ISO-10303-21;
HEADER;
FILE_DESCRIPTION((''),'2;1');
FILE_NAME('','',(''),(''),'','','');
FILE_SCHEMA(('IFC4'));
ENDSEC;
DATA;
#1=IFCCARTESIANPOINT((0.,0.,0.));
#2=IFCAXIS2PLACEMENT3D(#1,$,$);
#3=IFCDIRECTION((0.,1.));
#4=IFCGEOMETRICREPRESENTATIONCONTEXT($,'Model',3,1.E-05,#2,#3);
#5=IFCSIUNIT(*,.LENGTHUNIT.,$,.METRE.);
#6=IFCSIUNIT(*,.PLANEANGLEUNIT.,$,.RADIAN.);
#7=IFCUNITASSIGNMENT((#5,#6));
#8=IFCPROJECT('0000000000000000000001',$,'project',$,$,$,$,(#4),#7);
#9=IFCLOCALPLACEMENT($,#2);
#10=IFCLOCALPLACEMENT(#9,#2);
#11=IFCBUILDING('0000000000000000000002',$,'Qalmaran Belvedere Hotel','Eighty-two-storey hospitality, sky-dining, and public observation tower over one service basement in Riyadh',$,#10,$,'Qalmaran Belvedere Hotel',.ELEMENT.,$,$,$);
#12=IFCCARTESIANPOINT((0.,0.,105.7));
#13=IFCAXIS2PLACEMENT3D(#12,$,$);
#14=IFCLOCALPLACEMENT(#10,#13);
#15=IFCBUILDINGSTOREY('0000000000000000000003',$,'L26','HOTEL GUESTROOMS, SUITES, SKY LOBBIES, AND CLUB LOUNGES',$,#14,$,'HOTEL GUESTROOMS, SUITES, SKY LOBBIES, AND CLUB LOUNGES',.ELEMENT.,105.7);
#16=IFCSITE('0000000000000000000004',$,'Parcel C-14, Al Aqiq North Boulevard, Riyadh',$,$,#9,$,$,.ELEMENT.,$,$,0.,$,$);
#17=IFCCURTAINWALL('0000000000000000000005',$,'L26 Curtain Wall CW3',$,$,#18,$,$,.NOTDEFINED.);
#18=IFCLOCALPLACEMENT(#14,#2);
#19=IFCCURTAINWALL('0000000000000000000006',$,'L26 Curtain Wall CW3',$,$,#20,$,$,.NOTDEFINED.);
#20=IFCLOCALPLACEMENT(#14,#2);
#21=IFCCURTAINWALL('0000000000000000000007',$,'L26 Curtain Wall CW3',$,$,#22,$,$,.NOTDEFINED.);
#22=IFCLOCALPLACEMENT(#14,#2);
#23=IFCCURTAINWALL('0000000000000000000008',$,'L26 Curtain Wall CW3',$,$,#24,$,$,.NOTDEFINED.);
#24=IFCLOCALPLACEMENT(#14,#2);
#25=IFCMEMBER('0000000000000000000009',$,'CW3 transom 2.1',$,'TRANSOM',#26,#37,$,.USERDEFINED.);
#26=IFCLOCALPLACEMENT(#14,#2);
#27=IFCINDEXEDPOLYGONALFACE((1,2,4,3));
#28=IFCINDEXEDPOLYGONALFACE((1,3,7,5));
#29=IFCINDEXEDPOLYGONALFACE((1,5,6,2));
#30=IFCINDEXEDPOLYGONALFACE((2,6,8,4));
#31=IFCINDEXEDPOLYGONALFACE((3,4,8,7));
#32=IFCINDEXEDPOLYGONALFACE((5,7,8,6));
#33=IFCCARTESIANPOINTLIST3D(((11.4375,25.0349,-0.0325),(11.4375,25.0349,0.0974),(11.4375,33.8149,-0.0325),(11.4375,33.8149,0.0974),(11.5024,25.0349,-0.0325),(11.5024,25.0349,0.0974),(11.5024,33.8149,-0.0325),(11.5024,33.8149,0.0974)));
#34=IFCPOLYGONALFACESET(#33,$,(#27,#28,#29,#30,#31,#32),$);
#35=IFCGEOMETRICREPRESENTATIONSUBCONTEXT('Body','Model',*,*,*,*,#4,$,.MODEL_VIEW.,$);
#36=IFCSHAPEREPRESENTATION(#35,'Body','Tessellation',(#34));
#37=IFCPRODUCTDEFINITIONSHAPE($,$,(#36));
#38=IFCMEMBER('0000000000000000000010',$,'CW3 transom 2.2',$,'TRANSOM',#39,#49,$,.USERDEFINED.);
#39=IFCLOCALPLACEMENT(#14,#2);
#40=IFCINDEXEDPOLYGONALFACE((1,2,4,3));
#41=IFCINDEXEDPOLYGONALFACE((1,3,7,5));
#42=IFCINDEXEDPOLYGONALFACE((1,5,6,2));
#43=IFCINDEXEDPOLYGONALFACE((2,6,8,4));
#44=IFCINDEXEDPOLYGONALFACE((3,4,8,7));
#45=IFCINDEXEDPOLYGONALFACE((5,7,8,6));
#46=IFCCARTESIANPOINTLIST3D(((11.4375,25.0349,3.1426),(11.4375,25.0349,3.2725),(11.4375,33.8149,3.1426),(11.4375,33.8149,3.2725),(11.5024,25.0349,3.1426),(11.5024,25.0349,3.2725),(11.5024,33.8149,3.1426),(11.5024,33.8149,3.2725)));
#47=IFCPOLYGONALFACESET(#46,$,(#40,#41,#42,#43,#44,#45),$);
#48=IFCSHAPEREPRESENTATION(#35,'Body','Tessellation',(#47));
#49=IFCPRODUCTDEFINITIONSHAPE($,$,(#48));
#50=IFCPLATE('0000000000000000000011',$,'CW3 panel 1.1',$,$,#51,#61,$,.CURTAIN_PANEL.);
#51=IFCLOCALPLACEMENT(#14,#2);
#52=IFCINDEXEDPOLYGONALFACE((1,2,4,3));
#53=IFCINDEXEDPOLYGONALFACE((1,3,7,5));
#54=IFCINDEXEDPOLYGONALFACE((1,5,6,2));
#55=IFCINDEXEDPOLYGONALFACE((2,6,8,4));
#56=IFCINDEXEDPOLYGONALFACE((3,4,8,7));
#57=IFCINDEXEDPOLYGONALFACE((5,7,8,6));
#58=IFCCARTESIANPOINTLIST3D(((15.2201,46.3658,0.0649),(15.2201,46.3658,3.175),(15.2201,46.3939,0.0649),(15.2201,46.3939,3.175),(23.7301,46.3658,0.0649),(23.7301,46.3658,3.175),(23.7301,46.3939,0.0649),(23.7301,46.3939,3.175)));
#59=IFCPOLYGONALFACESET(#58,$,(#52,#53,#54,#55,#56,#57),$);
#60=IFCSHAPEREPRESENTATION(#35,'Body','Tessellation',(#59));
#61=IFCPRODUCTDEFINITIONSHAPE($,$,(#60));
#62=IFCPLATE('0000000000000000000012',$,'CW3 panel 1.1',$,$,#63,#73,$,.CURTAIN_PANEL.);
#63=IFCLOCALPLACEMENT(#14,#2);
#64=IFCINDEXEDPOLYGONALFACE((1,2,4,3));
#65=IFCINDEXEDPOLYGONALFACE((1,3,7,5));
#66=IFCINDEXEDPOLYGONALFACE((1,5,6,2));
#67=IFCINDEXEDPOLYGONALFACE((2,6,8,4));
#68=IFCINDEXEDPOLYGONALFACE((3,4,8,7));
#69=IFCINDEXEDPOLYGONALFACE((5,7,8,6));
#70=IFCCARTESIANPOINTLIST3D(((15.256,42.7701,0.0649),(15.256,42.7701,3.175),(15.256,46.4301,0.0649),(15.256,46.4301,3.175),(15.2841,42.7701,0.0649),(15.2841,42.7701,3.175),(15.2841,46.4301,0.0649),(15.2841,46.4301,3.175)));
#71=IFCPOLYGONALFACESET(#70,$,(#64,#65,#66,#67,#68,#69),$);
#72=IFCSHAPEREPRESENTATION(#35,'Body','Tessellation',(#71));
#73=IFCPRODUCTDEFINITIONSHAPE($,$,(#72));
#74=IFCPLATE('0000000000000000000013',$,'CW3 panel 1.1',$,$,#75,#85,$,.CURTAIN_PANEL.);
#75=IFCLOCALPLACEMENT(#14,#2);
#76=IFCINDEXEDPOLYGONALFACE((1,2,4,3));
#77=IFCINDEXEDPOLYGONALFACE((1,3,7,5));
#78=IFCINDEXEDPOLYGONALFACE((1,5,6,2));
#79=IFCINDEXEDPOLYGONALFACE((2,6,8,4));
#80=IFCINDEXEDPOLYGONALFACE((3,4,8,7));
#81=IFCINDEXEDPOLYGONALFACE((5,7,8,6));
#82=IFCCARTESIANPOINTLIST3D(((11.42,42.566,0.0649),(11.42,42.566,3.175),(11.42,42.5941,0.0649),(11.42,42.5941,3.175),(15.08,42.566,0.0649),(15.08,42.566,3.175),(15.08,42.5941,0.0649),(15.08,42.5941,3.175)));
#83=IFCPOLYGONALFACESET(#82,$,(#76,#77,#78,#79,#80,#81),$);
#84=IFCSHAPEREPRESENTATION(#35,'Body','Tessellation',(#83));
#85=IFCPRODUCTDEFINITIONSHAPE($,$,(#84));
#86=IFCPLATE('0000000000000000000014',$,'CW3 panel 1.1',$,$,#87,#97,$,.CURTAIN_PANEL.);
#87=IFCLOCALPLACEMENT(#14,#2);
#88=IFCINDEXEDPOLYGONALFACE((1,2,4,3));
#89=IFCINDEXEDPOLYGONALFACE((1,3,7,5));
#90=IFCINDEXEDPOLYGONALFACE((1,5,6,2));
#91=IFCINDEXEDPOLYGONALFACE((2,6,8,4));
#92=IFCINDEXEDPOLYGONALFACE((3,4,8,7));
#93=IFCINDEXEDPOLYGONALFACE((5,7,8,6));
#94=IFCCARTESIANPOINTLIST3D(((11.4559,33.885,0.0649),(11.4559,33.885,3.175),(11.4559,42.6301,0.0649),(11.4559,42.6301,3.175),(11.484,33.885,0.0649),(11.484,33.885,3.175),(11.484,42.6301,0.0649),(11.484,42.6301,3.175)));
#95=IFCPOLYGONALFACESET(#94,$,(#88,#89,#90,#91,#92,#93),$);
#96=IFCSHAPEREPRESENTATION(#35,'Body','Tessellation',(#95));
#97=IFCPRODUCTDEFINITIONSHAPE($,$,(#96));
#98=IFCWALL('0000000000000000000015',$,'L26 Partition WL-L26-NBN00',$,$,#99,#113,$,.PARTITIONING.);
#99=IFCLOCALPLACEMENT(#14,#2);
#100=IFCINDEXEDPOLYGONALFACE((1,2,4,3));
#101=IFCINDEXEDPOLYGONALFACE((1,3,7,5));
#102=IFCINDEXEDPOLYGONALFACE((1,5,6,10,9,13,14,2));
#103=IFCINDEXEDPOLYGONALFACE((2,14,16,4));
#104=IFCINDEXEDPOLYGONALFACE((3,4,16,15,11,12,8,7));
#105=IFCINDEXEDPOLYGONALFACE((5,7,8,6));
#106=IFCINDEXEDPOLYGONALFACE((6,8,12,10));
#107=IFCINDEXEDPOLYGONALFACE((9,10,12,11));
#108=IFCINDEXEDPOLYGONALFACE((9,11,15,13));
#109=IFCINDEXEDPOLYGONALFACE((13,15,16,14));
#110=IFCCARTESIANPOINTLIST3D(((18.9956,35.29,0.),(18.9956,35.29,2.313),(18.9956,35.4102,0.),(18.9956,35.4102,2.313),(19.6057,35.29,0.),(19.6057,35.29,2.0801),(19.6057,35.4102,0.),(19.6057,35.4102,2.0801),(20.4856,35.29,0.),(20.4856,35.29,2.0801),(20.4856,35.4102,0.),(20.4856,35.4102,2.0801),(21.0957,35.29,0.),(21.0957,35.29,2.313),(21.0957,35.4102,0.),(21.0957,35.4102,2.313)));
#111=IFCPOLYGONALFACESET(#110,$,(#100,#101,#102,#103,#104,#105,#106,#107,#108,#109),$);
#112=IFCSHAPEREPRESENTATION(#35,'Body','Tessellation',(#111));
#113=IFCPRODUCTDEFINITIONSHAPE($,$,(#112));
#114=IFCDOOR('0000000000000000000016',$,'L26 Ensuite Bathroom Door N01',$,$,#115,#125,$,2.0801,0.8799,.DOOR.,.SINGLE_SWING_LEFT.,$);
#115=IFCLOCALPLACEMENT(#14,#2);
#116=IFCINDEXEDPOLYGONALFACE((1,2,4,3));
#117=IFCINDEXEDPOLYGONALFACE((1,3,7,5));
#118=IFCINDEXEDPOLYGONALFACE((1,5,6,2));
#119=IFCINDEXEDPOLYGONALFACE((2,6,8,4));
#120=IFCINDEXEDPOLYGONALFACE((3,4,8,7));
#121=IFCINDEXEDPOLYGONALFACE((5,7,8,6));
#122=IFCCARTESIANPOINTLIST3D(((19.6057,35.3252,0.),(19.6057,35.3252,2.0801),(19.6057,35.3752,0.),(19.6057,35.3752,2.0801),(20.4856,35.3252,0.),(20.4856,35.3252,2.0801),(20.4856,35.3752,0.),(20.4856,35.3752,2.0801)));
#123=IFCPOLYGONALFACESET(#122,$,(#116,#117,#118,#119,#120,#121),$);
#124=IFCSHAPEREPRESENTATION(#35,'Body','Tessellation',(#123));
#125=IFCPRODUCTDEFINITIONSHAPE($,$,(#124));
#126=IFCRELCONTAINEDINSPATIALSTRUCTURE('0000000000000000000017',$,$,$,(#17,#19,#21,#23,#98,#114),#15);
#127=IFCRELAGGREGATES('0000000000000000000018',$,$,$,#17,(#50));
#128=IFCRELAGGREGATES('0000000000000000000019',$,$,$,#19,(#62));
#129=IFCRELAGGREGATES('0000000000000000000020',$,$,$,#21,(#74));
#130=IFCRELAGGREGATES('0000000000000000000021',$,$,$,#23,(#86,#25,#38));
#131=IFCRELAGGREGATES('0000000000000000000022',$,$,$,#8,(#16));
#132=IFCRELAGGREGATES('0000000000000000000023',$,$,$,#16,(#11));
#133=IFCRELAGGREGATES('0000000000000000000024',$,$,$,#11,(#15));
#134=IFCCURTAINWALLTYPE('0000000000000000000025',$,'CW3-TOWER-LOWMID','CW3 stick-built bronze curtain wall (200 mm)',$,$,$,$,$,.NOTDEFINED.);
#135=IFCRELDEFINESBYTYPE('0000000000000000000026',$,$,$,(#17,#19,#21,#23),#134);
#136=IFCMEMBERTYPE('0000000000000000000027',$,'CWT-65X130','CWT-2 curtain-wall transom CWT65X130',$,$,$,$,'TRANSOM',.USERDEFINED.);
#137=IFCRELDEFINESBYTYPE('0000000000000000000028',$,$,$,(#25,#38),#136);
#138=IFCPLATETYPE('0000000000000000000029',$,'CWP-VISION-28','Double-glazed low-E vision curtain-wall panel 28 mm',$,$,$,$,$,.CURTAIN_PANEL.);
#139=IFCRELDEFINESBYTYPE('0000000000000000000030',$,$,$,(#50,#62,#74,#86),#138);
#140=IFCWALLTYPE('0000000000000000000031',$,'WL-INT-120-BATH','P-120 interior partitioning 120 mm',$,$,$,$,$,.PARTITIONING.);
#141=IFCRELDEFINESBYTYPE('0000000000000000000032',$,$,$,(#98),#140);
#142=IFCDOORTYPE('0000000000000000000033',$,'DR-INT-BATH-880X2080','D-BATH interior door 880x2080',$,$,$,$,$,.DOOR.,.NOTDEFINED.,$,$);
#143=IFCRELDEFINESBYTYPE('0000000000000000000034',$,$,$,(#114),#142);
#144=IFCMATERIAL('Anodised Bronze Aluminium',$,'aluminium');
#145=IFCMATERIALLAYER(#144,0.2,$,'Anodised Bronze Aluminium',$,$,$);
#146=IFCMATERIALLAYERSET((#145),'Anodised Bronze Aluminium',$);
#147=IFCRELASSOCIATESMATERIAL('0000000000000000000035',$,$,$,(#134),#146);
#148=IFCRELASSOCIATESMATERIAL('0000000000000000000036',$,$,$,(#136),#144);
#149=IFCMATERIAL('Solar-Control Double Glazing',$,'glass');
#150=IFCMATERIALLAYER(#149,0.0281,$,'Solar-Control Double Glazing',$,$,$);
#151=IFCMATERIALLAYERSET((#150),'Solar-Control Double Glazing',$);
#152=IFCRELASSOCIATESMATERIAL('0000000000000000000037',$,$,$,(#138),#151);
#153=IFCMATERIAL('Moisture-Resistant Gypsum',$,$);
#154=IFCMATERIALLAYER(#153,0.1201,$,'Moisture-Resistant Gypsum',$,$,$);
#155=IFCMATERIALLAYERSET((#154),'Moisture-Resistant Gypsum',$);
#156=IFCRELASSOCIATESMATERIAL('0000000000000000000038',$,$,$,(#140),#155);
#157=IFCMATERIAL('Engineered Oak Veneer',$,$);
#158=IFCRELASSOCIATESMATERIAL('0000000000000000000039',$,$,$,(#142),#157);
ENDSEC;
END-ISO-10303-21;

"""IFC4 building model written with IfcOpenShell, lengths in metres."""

from ifc_helpers import new_model, si_unit, direction, frame, frame_2d, origin, origin_2d, place, context, subcontext, project, spatial, rectangle, extrude, material, layer, layer_set, material_profile, profile_set, type_object, element, fill, aggregate, save


model = new_model("IFC4")

# Units and contexts
model_context = context("Model", 3, precision=1e-05, world=origin(), true_north=direction((0.0, 1.0)))
body_context = subcontext(model_context, "Body", "Model", "MODEL_VIEW")
ifc_project = project(units=[si_unit("LENGTHUNIT", "METRE"), si_unit("PLANEANGLEUNIT", "RADIAN")], contexts=[model_context])

# Site, building, storey
site_placement = place(None, origin())
site = spatial("IfcSite", under=ifc_project, at=site_placement, Name="Parcel C-14, Al Aqiq North Boulevard, Riyadh", CompositionType="ELEMENT", RefElevation=0.0)
building_placement = place(site_placement, origin())
building = spatial("IfcBuilding", under=site, at=building_placement, Name="Qalmaran Belvedere Hotel", Description="Eighty-two-storey hospitality, sky-dining, and public observation tower over one service basement in Riyadh", LongName="Qalmaran Belvedere Hotel", CompositionType="ELEMENT")
storey_placement = place(building_placement, frame((0.0, 0.0, 105.7)))
storey = spatial("IfcBuildingStorey", under=building, at=storey_placement, Name="L26", Description="HOTEL GUESTROOMS, SUITES, SKY LOBBIES, AND CLUB LOUNGES", LongName="HOTEL GUESTROOMS, SUITES, SKY LOBBIES, AND CLUB LOUNGES", CompositionType="ELEMENT", Elevation=105.7)

# Curtain wall
ifc_material_1 = material(Name="Anodised Bronze Aluminium", Category="aluminium")
ifc_layer_1 = layer(ifc_material_1, 0.2, Name="Anodised Bronze Aluminium")
ifc_layer_set_1 = layer_set([ifc_layer_1], Name="Anodised Bronze Aluminium")
curtain_wall_type = type_object("IfcCurtainWallType", Name="CW3-TOWER-LOWMID", Description="CW3 stick-built bronze curtain wall (200 mm)", PredefinedType="NOTDEFINED", material=ifc_layer_set_1)
curtain_wall_1_placement = place(storey_placement, origin())
curtain_wall_1 = element("IfcCurtainWall", 1, at=curtain_wall_1_placement, inside=storey, type_object=curtain_wall_type, Name="L26 Curtain Wall CW3", PredefinedType="NOTDEFINED")

# Curtain walls
curtain_wall_2_placement = place(storey_placement, origin())
curtain_wall_2 = element("IfcCurtainWall", 2, at=curtain_wall_2_placement, inside=storey, type_object=curtain_wall_type, Name="L26 Curtain Wall CW3", PredefinedType="NOTDEFINED")
curtain_wall_3_placement = place(storey_placement, origin())
curtain_wall_3 = element("IfcCurtainWall", 3, at=curtain_wall_3_placement, inside=storey, type_object=curtain_wall_type, Name="L26 Curtain Wall CW3", PredefinedType="NOTDEFINED")
curtain_wall_4_placement = place(storey_placement, origin())
curtain_wall_4 = element("IfcCurtainWall", 4, at=curtain_wall_4_placement, inside=storey, type_object=curtain_wall_type, Name="L26 Curtain Wall CW3", PredefinedType="NOTDEFINED")

# Members
ifc_material_profile_1 = material_profile(ifc_material_1, rectangle(XDim=0.0649, YDim=0.1299, at=origin_2d()), Name="CWT65X130")
ifc_profile_set_1 = profile_set([ifc_material_profile_1], Name="Anodised Bronze Aluminium")
member_type_1 = type_object("IfcMemberType", Name="CWT-65X130", Description="CWT-2 curtain-wall transom CWT65X130", ElementType="TRANSOM", PredefinedType="USERDEFINED", material=ifc_profile_set_1)
member_1_placement = place(storey_placement, frame((11.47, 33.8149, 0.0325), z_axis=(0.0, -1.0, 0.0), x_axis=(1.0, 0.0, 0.0)))
member_1 = element("IfcMember", 5, at=member_1_placement, type_object=member_type_1, Name="CW3 transom 2.1", ObjectType="TRANSOM", PredefinedType="USERDEFINED", context=body_context, shape_type="SweptSolid", body=[
    extrude(rectangle(XDim=0.0649, YDim=0.1299, at=origin_2d()), origin(), (0.0, 0.0, 1.0), 8.78),
])
member_2_placement = place(storey_placement, frame((11.47, 33.8149, 3.2075), z_axis=(0.0, -1.0, 0.0), x_axis=(1.0, 0.0, 0.0)))
member_2 = element("IfcMember", 6, at=member_2_placement, type_object=member_type_1, Name="CW3 transom 2.2", ObjectType="TRANSOM", PredefinedType="USERDEFINED", context=body_context, shape_type="SweptSolid", body=[
    extrude(rectangle(XDim=0.0649, YDim=0.1299, at=origin_2d()), origin(), (0.0, 0.0, 1.0), 8.78),
])

# Plates
ifc_material_2 = material(Name="Solar-Control Double Glazing", Category="glass")
ifc_layer_2 = layer(ifc_material_2, 0.0281, Name="Solar-Control Double Glazing")
ifc_layer_set_2 = layer_set([ifc_layer_2], Name="Solar-Control Double Glazing")
plate_type = type_object("IfcPlateType", Name="CWP-VISION-28", Description="Double-glazed low-E vision curtain-wall panel 28 mm", PredefinedType="CURTAIN_PANEL", material=ifc_layer_set_2)
plate_1_placement = place(storey_placement, frame((19.4751, 46.3799, 0.0649), z_axis=(0.0, 0.0, 1.0), x_axis=(-1.0, 0.0, 0.0)))
plate_1 = element("IfcPlate", 7, at=plate_1_placement, type_object=plate_type, Name="CW3 panel 1.1", PredefinedType="CURTAIN_PANEL", context=body_context, shape_type="SweptSolid", body=[
    extrude(rectangle(XDim=8.51, YDim=0.0281, at=origin_2d()), origin(), (0.0, 0.0, 1.0), 3.1101),
])
aggregate(curtain_wall_1, [plate_1])
plate_2_placement = place(storey_placement, frame((15.27, 44.6001, 0.0649), z_axis=(0.0, 0.0, 1.0), x_axis=(0.0, -1.0, 0.0)))
plate_2 = element("IfcPlate", 8, at=plate_2_placement, type_object=plate_type, Name="CW3 panel 1.1", PredefinedType="CURTAIN_PANEL", context=body_context, shape_type="SweptSolid", body=[
    extrude(rectangle(XDim=3.6599, YDim=0.0281, at=origin_2d()), origin(), (0.0, 0.0, 1.0), 3.1101),
])
aggregate(curtain_wall_2, [plate_2])
plate_3_placement = place(storey_placement, frame((13.25, 42.5801, 0.0649), z_axis=(0.0, 0.0, 1.0), x_axis=(-1.0, 0.0, 0.0)))
plate_3 = element("IfcPlate", 9, at=plate_3_placement, type_object=plate_type, Name="CW3 panel 1.1", PredefinedType="CURTAIN_PANEL", context=body_context, shape_type="SweptSolid", body=[
    extrude(rectangle(XDim=3.6599, YDim=0.0281, at=origin_2d()), origin(), (0.0, 0.0, 1.0), 3.1101),
])
aggregate(curtain_wall_3, [plate_3])
plate_4_placement = place(storey_placement, frame((11.47, 38.2576, 0.0649), z_axis=(0.0, 0.0, 1.0), x_axis=(0.0, -1.0, 0.0)))
plate_4 = element("IfcPlate", 10, at=plate_4_placement, type_object=plate_type, Name="CW3 panel 1.1", PredefinedType="CURTAIN_PANEL", context=body_context, shape_type="SweptSolid", body=[
    extrude(rectangle(XDim=8.7451, YDim=0.0281, at=origin_2d()), origin(), (0.0, 0.0, 1.0), 3.1101),
])
aggregate(curtain_wall_4, [plate_4, member_1, member_2])

# Wall, opening, door
ifc_material_3 = material(Name="Moisture-Resistant Gypsum")
ifc_layer_3 = layer(ifc_material_3, 0.1201, Name="Moisture-Resistant Gypsum")
ifc_layer_set_3 = layer_set([ifc_layer_3], Name="Moisture-Resistant Gypsum")
wall_type = type_object("IfcWallType", Name="WL-INT-120-BATH", Description="P-120 interior partitioning 120 mm", PredefinedType="PARTITIONING", material=ifc_layer_set_3)
wall_placement = place(storey_placement, frame((18.9956, 35.3501, 0.0), z_axis=(0.0, 0.0, 1.0), x_axis=(1.0, 0.0, 0.0)))
wall = element("IfcWall", 11, at=wall_placement, inside=storey, type_object=wall_type, Name="L26 Partition WL-L26-NBN00", PredefinedType="PARTITIONING", context=body_context, shape_type="SweptSolid", body=[
    extrude(rectangle(XDim=2.1001, YDim=0.1201, at=frame_2d((1.05, 0.0))), origin(), (0.0, 0.0, 1.0), 2.313),
])
opening_placement = place(wall_placement, frame((1.49, 0.0, 0.0), z_axis=(0.0, 0.0, 1.0), x_axis=(-1.0, 0.0, 0.0)))
opening = element("IfcOpeningElement", 12, at=opening_placement, cuts=wall, PredefinedType="OPENING", context=body_context, shape_type="SweptSolid", body=[
    extrude(rectangle(XDim=0.8799, YDim=2.0801, at=frame_2d((0.4399, 1.04))), frame((0.0, 0.0701, 0.0), z_axis=(0.0, -1.0, 0.0), x_axis=(1.0, 0.0, 0.0)), (0.0, 0.0, 1.0), 0.1401),
])
ifc_material_4 = material(Name="Engineered Oak Veneer")
door_type = type_object("IfcDoorType", Name="DR-INT-BATH-880X2080", Description="D-BATH interior door 880x2080", OperationType="NOTDEFINED", PredefinedType="DOOR", material=ifc_material_4)
door_placement = place(opening_placement, origin())
door = element("IfcDoor", 13, at=door_placement, inside=storey, type_object=door_type, Name="L26 Ensuite Bathroom Door N01", OperationType="SINGLE_SWING_LEFT", OverallHeight=2.0801, OverallWidth=0.8799, PredefinedType="DOOR", context=body_context, shape_type="SweptSolid", body=[
    extrude(rectangle(XDim=0.8799, YDim=2.0801, at=frame_2d((0.4399, 1.04))), frame((0.0, 0.0249, 0.0), z_axis=(0.0, -1.0, 0.0), x_axis=(1.0, 0.0, 0.0)), (0.0, 0.0, 1.0), 0.05),
])
fill(opening, door)

save(model, "model.ifc")
